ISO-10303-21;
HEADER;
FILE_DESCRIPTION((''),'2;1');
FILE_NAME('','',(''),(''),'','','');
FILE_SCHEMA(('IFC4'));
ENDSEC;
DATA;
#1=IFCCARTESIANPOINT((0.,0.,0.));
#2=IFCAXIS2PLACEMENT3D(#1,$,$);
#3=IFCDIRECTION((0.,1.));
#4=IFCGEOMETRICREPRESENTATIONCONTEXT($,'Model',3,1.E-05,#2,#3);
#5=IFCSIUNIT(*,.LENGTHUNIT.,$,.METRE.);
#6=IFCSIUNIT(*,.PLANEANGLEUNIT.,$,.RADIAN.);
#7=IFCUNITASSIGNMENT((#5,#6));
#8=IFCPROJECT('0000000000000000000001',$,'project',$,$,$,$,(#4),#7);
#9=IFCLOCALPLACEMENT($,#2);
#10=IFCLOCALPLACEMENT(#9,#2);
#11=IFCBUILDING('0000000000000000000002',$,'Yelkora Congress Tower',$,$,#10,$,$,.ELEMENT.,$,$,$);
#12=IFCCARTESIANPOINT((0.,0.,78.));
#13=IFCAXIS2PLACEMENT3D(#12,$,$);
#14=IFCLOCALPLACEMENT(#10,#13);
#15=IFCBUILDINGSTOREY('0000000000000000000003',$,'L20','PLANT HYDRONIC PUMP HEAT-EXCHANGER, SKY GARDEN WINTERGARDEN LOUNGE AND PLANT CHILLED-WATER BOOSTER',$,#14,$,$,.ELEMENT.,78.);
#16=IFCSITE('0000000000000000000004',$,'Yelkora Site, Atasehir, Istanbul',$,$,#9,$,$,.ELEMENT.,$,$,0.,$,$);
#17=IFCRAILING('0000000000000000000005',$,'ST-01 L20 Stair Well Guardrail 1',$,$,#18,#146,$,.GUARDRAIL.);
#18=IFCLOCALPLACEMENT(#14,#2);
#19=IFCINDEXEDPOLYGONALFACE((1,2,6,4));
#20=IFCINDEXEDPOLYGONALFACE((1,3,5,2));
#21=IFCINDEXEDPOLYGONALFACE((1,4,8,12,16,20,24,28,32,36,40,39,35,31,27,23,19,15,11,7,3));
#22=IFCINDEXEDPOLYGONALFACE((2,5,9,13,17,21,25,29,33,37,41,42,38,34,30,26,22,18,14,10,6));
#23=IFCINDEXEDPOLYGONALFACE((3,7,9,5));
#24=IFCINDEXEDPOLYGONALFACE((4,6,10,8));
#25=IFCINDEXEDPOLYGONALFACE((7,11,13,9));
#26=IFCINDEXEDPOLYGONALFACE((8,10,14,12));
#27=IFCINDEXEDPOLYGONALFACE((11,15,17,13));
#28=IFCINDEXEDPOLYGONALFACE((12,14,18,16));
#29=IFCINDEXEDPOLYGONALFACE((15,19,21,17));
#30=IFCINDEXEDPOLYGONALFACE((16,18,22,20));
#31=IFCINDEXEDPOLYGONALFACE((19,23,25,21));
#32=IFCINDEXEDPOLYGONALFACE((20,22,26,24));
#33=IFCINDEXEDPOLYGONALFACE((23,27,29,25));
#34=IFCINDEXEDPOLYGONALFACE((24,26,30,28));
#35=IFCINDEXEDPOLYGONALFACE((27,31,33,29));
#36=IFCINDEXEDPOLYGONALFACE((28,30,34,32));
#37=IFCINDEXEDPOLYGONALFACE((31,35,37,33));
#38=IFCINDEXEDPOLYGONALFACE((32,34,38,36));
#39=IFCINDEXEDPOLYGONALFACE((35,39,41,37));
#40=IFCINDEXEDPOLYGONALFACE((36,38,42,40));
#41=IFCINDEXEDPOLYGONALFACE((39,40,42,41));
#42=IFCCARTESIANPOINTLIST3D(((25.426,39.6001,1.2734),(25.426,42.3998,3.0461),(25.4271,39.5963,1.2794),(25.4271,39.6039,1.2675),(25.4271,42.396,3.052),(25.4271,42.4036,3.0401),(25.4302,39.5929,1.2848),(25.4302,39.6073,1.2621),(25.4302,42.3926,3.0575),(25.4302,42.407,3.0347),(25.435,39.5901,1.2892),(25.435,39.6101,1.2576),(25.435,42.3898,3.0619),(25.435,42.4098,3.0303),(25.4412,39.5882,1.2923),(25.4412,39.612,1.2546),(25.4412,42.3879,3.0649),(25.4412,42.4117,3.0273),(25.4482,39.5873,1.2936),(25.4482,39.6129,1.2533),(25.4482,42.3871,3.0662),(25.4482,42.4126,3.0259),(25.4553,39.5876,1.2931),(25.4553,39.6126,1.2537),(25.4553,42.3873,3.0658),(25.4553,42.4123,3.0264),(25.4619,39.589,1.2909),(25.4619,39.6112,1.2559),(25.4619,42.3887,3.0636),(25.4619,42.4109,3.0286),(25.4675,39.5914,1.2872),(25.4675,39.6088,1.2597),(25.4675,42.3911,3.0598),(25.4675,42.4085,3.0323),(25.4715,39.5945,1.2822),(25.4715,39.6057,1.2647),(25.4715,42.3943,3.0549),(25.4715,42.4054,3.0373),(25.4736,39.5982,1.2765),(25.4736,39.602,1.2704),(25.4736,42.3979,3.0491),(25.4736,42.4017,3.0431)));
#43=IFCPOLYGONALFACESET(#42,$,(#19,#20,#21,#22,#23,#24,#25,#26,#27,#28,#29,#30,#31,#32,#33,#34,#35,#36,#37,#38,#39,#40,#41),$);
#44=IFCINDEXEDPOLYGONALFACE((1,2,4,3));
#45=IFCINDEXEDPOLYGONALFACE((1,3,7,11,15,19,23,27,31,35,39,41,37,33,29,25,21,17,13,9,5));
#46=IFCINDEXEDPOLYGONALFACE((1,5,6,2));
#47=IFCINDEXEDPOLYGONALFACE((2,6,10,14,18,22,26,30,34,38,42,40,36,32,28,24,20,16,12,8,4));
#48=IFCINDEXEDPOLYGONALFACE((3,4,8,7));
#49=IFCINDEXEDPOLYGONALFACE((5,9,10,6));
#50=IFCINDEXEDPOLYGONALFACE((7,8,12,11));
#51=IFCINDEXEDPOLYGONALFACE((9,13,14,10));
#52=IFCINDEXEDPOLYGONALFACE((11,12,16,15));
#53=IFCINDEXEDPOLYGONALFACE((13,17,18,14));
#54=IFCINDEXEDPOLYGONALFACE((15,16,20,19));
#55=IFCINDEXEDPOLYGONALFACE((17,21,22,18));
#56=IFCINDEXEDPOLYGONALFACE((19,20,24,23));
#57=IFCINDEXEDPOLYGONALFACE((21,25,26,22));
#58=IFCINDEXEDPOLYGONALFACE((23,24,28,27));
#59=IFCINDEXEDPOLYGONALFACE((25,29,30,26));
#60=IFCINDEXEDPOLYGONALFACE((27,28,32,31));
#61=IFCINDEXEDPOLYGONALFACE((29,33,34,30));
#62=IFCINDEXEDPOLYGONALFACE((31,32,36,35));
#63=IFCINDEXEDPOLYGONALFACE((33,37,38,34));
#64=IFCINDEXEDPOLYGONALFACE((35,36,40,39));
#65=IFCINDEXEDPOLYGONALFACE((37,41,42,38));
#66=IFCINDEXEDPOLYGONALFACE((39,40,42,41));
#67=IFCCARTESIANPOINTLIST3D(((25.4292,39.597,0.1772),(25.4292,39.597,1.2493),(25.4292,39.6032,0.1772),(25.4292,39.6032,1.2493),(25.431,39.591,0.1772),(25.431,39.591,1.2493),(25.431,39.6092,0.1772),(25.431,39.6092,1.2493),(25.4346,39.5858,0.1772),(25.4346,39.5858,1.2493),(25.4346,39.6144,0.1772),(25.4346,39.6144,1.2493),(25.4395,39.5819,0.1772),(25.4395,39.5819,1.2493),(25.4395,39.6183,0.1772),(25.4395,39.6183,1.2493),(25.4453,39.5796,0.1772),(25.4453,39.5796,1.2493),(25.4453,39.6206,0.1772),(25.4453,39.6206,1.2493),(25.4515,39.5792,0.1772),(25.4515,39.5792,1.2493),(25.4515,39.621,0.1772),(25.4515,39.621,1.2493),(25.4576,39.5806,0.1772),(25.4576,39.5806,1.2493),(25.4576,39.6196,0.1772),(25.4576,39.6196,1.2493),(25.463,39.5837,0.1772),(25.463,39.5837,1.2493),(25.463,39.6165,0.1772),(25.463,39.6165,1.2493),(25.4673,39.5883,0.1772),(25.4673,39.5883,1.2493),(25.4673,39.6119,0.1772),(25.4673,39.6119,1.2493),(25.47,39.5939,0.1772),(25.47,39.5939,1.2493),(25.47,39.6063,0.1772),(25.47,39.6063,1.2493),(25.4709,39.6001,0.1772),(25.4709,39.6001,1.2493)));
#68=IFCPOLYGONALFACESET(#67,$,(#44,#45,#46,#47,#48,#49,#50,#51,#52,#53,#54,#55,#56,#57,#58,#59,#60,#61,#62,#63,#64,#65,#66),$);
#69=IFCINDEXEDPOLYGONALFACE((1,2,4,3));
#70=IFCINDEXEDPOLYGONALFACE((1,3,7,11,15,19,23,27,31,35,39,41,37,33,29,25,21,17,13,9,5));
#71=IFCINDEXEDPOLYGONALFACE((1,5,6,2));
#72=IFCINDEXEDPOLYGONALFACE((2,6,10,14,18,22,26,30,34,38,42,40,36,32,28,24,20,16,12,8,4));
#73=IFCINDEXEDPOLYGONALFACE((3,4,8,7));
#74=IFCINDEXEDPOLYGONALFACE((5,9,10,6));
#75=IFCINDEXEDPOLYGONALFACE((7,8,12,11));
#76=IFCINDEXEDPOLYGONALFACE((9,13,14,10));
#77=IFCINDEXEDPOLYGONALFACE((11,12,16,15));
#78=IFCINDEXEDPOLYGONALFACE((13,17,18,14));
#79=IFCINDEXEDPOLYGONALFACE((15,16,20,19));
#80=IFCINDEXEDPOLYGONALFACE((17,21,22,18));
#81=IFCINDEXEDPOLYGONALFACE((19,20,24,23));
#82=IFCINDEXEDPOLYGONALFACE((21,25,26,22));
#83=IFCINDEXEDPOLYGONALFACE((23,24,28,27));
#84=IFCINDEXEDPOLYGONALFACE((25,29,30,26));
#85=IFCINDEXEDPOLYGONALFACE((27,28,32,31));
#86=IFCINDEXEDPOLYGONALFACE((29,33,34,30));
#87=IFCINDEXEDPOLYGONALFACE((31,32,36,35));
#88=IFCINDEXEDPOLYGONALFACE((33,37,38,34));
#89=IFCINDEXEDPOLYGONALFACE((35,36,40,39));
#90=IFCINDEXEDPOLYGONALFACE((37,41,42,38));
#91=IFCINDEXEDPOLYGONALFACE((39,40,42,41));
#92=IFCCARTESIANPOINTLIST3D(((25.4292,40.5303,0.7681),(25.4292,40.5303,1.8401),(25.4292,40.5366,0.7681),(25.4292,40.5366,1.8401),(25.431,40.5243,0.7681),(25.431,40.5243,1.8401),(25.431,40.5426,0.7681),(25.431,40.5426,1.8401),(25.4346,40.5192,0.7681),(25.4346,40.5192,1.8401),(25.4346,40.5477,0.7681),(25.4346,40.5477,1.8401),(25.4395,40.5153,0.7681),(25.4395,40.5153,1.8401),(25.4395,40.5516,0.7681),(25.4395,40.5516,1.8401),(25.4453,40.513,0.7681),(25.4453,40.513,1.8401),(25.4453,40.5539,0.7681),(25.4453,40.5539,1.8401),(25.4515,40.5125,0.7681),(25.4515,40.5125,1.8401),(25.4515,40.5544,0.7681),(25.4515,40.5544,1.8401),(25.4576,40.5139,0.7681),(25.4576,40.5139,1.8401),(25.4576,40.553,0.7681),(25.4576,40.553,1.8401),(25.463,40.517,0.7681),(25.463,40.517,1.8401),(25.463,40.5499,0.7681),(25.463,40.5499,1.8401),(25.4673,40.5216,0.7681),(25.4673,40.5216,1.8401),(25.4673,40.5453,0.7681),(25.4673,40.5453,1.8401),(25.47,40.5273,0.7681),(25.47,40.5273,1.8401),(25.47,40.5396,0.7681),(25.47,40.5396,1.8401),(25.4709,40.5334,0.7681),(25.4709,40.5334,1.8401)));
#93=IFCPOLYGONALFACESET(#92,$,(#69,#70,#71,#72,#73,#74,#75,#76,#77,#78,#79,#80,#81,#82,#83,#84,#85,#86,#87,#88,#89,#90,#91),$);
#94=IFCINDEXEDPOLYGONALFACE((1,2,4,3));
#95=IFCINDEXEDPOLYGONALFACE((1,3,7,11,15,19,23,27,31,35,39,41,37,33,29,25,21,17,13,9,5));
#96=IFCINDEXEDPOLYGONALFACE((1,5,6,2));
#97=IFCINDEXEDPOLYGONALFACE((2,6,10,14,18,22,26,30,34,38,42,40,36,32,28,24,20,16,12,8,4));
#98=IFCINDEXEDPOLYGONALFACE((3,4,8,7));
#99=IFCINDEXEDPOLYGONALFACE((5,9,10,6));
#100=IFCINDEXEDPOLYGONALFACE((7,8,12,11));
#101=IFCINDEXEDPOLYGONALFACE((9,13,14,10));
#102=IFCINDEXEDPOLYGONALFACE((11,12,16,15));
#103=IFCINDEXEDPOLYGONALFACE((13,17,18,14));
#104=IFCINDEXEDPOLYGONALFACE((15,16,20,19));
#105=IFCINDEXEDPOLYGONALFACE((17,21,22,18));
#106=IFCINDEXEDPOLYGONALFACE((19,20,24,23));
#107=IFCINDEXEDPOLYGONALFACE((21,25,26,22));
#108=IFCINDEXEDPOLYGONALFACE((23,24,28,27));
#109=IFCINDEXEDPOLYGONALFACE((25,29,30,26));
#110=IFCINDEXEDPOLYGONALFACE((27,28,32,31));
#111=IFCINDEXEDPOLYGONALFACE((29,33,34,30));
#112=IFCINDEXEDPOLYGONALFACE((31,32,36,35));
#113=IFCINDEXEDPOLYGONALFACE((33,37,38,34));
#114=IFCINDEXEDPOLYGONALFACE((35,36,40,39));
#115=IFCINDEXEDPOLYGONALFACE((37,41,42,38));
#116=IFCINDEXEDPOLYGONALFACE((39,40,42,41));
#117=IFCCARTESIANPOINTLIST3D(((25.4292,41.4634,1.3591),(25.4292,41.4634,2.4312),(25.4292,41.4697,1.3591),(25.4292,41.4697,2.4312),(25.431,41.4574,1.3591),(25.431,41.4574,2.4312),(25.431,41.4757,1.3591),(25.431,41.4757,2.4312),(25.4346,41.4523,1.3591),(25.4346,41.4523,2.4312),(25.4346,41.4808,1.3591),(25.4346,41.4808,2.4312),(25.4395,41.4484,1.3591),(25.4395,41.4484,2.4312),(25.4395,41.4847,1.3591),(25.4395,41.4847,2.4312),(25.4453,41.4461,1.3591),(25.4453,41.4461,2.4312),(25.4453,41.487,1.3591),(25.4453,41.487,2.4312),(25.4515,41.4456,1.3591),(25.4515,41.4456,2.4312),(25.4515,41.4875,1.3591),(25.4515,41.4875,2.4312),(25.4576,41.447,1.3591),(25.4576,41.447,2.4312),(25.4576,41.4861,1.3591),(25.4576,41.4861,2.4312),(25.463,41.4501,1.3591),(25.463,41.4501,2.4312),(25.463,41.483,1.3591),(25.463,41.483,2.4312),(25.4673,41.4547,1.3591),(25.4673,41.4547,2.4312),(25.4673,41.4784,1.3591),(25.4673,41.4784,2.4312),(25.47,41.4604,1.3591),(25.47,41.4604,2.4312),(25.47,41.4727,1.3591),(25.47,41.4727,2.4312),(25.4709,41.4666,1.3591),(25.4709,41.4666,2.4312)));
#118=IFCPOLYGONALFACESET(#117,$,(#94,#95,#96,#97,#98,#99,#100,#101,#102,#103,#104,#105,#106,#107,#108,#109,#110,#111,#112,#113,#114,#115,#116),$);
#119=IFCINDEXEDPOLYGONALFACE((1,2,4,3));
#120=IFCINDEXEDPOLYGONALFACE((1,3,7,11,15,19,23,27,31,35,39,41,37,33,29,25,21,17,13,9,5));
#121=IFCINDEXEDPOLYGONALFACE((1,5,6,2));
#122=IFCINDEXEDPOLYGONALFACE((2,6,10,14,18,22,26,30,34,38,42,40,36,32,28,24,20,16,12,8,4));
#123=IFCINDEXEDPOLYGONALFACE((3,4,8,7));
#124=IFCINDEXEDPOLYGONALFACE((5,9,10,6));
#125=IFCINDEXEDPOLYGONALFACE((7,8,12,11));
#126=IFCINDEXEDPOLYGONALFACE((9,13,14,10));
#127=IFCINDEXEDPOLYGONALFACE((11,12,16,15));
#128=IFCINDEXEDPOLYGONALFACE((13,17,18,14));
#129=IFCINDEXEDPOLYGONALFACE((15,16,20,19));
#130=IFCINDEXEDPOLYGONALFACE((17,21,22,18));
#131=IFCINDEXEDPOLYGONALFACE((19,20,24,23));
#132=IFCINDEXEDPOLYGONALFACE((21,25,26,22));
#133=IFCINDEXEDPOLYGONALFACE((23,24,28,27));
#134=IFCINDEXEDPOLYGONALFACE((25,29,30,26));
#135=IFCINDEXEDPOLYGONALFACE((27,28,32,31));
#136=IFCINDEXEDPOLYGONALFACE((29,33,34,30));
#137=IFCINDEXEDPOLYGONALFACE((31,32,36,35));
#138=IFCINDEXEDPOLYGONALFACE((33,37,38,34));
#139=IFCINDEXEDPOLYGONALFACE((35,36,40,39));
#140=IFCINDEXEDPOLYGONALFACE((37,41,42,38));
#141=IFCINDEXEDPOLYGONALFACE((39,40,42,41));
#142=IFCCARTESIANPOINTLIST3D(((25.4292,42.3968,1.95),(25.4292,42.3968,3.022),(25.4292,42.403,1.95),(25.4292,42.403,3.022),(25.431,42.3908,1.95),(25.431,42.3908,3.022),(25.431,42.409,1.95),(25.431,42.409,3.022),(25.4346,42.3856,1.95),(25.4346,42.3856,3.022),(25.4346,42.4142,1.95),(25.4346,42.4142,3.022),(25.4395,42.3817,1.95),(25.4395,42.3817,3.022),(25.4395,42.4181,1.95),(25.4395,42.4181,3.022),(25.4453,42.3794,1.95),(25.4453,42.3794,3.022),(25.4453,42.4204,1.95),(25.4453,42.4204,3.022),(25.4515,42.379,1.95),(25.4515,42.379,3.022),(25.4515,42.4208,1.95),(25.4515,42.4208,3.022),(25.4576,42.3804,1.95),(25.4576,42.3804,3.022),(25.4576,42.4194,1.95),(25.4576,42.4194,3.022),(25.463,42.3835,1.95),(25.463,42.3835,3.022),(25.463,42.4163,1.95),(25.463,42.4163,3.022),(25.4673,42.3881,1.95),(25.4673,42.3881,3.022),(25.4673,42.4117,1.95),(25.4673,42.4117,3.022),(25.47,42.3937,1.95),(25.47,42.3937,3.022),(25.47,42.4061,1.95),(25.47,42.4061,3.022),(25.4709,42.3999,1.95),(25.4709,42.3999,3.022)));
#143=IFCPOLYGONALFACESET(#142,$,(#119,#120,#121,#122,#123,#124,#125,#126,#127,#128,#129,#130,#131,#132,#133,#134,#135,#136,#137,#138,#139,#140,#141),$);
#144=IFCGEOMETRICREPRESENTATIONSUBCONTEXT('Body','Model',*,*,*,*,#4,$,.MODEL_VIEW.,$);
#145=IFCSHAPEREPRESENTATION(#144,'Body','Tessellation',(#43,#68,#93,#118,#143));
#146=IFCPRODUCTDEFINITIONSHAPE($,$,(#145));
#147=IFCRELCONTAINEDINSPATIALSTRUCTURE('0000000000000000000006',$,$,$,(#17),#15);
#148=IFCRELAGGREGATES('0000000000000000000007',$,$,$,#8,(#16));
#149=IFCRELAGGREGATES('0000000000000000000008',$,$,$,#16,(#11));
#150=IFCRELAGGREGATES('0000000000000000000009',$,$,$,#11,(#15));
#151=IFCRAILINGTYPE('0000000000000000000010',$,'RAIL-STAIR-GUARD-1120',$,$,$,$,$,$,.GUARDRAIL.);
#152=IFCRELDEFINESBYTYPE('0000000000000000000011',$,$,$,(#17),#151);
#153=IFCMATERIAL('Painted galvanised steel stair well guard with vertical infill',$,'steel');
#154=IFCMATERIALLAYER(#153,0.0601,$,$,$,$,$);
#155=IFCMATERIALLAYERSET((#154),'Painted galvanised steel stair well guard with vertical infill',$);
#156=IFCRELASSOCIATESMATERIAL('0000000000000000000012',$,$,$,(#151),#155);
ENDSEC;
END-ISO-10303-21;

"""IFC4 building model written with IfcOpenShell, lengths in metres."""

from ifc_helpers import new_model, si_unit, direction, frame, origin, origin_2d, place, context, subcontext, project, spatial, circle, extrude, material, layer, layer_set, type_object, element, save


model = new_model("IFC4")

# Units and contexts
model_context = context("Model", 3, precision=1e-05, world=origin(), true_north=direction((0.0, 1.0)))
body_context = subcontext(model_context, "Body", "Model", "MODEL_VIEW")
ifc_project = project(units=[si_unit("LENGTHUNIT", "METRE"), si_unit("PLANEANGLEUNIT", "RADIAN")], contexts=[model_context])

# Site, building, storey
site_placement = place(None, origin())
site = spatial("IfcSite", under=ifc_project, at=site_placement, Name="Yelkora Site, Atasehir, Istanbul", CompositionType="ELEMENT", RefElevation=0.0)
building_placement = place(site_placement, origin())
building = spatial("IfcBuilding", under=site, at=building_placement, Name="Yelkora Congress Tower", CompositionType="ELEMENT")
storey_placement = place(building_placement, frame((0.0, 0.0, 78.0)))
storey = spatial("IfcBuildingStorey", under=building, at=storey_placement, Name="L20", Description="PLANT HYDRONIC PUMP HEAT-EXCHANGER, SKY GARDEN WINTERGARDEN LOUNGE AND PLANT CHILLED-WATER BOOSTER", CompositionType="ELEMENT", Elevation=78.0)

# Railing
ifc_material_1 = material(Name="Painted galvanised steel stair well guard with vertical infill", Category="steel")
ifc_layer_1 = layer(ifc_material_1, 0.0601)
ifc_layer_set_1 = layer_set([ifc_layer_1], Name="Painted galvanised steel stair well guard with vertical infill")
railing_type_1 = type_object("IfcRailingType", Name="RAIL-STAIR-GUARD-1120", PredefinedType="GUARDRAIL", material=ifc_layer_set_1)
railing_1_placement = place(storey_placement, frame((25.45, 39.6001, 0.1772)))
element("IfcRailing", 1, at=railing_1_placement, inside=storey, type_object=railing_type_1, Name="ST-01 L20 Stair Well Guardrail 1", PredefinedType="GUARDRAIL", context=body_context, shape_type="SweptSolid", body=[
    extrude(circle(Radius=0.0239, at=origin_2d()), frame((0.0, 0.0, 1.0962), z_axis=(0.0, 0.844888, 0.534943), x_axis=(-1.0, 0.0, 0.0)), (0.0, 0.0, 1.0), 3.3137),
    extrude(circle(Radius=0.021, at=origin_2d()), origin(), (0.0, 0.0, 1.0), 1.072),
    extrude(circle(Radius=0.021, at=origin_2d()), frame((0.0, 0.9333, 0.5908)), (0.0, 0.0, 1.0), 1.072),
    extrude(circle(Radius=0.021, at=origin_2d()), frame((0.0, 1.8665, 1.1819)), (0.0, 0.0, 1.0), 1.072),
    extrude(circle(Radius=0.021, at=origin_2d()), frame((0.0, 2.7998, 1.7727)), (0.0, 0.0, 1.0), 1.072),
])

save(model, "model.ifc")
